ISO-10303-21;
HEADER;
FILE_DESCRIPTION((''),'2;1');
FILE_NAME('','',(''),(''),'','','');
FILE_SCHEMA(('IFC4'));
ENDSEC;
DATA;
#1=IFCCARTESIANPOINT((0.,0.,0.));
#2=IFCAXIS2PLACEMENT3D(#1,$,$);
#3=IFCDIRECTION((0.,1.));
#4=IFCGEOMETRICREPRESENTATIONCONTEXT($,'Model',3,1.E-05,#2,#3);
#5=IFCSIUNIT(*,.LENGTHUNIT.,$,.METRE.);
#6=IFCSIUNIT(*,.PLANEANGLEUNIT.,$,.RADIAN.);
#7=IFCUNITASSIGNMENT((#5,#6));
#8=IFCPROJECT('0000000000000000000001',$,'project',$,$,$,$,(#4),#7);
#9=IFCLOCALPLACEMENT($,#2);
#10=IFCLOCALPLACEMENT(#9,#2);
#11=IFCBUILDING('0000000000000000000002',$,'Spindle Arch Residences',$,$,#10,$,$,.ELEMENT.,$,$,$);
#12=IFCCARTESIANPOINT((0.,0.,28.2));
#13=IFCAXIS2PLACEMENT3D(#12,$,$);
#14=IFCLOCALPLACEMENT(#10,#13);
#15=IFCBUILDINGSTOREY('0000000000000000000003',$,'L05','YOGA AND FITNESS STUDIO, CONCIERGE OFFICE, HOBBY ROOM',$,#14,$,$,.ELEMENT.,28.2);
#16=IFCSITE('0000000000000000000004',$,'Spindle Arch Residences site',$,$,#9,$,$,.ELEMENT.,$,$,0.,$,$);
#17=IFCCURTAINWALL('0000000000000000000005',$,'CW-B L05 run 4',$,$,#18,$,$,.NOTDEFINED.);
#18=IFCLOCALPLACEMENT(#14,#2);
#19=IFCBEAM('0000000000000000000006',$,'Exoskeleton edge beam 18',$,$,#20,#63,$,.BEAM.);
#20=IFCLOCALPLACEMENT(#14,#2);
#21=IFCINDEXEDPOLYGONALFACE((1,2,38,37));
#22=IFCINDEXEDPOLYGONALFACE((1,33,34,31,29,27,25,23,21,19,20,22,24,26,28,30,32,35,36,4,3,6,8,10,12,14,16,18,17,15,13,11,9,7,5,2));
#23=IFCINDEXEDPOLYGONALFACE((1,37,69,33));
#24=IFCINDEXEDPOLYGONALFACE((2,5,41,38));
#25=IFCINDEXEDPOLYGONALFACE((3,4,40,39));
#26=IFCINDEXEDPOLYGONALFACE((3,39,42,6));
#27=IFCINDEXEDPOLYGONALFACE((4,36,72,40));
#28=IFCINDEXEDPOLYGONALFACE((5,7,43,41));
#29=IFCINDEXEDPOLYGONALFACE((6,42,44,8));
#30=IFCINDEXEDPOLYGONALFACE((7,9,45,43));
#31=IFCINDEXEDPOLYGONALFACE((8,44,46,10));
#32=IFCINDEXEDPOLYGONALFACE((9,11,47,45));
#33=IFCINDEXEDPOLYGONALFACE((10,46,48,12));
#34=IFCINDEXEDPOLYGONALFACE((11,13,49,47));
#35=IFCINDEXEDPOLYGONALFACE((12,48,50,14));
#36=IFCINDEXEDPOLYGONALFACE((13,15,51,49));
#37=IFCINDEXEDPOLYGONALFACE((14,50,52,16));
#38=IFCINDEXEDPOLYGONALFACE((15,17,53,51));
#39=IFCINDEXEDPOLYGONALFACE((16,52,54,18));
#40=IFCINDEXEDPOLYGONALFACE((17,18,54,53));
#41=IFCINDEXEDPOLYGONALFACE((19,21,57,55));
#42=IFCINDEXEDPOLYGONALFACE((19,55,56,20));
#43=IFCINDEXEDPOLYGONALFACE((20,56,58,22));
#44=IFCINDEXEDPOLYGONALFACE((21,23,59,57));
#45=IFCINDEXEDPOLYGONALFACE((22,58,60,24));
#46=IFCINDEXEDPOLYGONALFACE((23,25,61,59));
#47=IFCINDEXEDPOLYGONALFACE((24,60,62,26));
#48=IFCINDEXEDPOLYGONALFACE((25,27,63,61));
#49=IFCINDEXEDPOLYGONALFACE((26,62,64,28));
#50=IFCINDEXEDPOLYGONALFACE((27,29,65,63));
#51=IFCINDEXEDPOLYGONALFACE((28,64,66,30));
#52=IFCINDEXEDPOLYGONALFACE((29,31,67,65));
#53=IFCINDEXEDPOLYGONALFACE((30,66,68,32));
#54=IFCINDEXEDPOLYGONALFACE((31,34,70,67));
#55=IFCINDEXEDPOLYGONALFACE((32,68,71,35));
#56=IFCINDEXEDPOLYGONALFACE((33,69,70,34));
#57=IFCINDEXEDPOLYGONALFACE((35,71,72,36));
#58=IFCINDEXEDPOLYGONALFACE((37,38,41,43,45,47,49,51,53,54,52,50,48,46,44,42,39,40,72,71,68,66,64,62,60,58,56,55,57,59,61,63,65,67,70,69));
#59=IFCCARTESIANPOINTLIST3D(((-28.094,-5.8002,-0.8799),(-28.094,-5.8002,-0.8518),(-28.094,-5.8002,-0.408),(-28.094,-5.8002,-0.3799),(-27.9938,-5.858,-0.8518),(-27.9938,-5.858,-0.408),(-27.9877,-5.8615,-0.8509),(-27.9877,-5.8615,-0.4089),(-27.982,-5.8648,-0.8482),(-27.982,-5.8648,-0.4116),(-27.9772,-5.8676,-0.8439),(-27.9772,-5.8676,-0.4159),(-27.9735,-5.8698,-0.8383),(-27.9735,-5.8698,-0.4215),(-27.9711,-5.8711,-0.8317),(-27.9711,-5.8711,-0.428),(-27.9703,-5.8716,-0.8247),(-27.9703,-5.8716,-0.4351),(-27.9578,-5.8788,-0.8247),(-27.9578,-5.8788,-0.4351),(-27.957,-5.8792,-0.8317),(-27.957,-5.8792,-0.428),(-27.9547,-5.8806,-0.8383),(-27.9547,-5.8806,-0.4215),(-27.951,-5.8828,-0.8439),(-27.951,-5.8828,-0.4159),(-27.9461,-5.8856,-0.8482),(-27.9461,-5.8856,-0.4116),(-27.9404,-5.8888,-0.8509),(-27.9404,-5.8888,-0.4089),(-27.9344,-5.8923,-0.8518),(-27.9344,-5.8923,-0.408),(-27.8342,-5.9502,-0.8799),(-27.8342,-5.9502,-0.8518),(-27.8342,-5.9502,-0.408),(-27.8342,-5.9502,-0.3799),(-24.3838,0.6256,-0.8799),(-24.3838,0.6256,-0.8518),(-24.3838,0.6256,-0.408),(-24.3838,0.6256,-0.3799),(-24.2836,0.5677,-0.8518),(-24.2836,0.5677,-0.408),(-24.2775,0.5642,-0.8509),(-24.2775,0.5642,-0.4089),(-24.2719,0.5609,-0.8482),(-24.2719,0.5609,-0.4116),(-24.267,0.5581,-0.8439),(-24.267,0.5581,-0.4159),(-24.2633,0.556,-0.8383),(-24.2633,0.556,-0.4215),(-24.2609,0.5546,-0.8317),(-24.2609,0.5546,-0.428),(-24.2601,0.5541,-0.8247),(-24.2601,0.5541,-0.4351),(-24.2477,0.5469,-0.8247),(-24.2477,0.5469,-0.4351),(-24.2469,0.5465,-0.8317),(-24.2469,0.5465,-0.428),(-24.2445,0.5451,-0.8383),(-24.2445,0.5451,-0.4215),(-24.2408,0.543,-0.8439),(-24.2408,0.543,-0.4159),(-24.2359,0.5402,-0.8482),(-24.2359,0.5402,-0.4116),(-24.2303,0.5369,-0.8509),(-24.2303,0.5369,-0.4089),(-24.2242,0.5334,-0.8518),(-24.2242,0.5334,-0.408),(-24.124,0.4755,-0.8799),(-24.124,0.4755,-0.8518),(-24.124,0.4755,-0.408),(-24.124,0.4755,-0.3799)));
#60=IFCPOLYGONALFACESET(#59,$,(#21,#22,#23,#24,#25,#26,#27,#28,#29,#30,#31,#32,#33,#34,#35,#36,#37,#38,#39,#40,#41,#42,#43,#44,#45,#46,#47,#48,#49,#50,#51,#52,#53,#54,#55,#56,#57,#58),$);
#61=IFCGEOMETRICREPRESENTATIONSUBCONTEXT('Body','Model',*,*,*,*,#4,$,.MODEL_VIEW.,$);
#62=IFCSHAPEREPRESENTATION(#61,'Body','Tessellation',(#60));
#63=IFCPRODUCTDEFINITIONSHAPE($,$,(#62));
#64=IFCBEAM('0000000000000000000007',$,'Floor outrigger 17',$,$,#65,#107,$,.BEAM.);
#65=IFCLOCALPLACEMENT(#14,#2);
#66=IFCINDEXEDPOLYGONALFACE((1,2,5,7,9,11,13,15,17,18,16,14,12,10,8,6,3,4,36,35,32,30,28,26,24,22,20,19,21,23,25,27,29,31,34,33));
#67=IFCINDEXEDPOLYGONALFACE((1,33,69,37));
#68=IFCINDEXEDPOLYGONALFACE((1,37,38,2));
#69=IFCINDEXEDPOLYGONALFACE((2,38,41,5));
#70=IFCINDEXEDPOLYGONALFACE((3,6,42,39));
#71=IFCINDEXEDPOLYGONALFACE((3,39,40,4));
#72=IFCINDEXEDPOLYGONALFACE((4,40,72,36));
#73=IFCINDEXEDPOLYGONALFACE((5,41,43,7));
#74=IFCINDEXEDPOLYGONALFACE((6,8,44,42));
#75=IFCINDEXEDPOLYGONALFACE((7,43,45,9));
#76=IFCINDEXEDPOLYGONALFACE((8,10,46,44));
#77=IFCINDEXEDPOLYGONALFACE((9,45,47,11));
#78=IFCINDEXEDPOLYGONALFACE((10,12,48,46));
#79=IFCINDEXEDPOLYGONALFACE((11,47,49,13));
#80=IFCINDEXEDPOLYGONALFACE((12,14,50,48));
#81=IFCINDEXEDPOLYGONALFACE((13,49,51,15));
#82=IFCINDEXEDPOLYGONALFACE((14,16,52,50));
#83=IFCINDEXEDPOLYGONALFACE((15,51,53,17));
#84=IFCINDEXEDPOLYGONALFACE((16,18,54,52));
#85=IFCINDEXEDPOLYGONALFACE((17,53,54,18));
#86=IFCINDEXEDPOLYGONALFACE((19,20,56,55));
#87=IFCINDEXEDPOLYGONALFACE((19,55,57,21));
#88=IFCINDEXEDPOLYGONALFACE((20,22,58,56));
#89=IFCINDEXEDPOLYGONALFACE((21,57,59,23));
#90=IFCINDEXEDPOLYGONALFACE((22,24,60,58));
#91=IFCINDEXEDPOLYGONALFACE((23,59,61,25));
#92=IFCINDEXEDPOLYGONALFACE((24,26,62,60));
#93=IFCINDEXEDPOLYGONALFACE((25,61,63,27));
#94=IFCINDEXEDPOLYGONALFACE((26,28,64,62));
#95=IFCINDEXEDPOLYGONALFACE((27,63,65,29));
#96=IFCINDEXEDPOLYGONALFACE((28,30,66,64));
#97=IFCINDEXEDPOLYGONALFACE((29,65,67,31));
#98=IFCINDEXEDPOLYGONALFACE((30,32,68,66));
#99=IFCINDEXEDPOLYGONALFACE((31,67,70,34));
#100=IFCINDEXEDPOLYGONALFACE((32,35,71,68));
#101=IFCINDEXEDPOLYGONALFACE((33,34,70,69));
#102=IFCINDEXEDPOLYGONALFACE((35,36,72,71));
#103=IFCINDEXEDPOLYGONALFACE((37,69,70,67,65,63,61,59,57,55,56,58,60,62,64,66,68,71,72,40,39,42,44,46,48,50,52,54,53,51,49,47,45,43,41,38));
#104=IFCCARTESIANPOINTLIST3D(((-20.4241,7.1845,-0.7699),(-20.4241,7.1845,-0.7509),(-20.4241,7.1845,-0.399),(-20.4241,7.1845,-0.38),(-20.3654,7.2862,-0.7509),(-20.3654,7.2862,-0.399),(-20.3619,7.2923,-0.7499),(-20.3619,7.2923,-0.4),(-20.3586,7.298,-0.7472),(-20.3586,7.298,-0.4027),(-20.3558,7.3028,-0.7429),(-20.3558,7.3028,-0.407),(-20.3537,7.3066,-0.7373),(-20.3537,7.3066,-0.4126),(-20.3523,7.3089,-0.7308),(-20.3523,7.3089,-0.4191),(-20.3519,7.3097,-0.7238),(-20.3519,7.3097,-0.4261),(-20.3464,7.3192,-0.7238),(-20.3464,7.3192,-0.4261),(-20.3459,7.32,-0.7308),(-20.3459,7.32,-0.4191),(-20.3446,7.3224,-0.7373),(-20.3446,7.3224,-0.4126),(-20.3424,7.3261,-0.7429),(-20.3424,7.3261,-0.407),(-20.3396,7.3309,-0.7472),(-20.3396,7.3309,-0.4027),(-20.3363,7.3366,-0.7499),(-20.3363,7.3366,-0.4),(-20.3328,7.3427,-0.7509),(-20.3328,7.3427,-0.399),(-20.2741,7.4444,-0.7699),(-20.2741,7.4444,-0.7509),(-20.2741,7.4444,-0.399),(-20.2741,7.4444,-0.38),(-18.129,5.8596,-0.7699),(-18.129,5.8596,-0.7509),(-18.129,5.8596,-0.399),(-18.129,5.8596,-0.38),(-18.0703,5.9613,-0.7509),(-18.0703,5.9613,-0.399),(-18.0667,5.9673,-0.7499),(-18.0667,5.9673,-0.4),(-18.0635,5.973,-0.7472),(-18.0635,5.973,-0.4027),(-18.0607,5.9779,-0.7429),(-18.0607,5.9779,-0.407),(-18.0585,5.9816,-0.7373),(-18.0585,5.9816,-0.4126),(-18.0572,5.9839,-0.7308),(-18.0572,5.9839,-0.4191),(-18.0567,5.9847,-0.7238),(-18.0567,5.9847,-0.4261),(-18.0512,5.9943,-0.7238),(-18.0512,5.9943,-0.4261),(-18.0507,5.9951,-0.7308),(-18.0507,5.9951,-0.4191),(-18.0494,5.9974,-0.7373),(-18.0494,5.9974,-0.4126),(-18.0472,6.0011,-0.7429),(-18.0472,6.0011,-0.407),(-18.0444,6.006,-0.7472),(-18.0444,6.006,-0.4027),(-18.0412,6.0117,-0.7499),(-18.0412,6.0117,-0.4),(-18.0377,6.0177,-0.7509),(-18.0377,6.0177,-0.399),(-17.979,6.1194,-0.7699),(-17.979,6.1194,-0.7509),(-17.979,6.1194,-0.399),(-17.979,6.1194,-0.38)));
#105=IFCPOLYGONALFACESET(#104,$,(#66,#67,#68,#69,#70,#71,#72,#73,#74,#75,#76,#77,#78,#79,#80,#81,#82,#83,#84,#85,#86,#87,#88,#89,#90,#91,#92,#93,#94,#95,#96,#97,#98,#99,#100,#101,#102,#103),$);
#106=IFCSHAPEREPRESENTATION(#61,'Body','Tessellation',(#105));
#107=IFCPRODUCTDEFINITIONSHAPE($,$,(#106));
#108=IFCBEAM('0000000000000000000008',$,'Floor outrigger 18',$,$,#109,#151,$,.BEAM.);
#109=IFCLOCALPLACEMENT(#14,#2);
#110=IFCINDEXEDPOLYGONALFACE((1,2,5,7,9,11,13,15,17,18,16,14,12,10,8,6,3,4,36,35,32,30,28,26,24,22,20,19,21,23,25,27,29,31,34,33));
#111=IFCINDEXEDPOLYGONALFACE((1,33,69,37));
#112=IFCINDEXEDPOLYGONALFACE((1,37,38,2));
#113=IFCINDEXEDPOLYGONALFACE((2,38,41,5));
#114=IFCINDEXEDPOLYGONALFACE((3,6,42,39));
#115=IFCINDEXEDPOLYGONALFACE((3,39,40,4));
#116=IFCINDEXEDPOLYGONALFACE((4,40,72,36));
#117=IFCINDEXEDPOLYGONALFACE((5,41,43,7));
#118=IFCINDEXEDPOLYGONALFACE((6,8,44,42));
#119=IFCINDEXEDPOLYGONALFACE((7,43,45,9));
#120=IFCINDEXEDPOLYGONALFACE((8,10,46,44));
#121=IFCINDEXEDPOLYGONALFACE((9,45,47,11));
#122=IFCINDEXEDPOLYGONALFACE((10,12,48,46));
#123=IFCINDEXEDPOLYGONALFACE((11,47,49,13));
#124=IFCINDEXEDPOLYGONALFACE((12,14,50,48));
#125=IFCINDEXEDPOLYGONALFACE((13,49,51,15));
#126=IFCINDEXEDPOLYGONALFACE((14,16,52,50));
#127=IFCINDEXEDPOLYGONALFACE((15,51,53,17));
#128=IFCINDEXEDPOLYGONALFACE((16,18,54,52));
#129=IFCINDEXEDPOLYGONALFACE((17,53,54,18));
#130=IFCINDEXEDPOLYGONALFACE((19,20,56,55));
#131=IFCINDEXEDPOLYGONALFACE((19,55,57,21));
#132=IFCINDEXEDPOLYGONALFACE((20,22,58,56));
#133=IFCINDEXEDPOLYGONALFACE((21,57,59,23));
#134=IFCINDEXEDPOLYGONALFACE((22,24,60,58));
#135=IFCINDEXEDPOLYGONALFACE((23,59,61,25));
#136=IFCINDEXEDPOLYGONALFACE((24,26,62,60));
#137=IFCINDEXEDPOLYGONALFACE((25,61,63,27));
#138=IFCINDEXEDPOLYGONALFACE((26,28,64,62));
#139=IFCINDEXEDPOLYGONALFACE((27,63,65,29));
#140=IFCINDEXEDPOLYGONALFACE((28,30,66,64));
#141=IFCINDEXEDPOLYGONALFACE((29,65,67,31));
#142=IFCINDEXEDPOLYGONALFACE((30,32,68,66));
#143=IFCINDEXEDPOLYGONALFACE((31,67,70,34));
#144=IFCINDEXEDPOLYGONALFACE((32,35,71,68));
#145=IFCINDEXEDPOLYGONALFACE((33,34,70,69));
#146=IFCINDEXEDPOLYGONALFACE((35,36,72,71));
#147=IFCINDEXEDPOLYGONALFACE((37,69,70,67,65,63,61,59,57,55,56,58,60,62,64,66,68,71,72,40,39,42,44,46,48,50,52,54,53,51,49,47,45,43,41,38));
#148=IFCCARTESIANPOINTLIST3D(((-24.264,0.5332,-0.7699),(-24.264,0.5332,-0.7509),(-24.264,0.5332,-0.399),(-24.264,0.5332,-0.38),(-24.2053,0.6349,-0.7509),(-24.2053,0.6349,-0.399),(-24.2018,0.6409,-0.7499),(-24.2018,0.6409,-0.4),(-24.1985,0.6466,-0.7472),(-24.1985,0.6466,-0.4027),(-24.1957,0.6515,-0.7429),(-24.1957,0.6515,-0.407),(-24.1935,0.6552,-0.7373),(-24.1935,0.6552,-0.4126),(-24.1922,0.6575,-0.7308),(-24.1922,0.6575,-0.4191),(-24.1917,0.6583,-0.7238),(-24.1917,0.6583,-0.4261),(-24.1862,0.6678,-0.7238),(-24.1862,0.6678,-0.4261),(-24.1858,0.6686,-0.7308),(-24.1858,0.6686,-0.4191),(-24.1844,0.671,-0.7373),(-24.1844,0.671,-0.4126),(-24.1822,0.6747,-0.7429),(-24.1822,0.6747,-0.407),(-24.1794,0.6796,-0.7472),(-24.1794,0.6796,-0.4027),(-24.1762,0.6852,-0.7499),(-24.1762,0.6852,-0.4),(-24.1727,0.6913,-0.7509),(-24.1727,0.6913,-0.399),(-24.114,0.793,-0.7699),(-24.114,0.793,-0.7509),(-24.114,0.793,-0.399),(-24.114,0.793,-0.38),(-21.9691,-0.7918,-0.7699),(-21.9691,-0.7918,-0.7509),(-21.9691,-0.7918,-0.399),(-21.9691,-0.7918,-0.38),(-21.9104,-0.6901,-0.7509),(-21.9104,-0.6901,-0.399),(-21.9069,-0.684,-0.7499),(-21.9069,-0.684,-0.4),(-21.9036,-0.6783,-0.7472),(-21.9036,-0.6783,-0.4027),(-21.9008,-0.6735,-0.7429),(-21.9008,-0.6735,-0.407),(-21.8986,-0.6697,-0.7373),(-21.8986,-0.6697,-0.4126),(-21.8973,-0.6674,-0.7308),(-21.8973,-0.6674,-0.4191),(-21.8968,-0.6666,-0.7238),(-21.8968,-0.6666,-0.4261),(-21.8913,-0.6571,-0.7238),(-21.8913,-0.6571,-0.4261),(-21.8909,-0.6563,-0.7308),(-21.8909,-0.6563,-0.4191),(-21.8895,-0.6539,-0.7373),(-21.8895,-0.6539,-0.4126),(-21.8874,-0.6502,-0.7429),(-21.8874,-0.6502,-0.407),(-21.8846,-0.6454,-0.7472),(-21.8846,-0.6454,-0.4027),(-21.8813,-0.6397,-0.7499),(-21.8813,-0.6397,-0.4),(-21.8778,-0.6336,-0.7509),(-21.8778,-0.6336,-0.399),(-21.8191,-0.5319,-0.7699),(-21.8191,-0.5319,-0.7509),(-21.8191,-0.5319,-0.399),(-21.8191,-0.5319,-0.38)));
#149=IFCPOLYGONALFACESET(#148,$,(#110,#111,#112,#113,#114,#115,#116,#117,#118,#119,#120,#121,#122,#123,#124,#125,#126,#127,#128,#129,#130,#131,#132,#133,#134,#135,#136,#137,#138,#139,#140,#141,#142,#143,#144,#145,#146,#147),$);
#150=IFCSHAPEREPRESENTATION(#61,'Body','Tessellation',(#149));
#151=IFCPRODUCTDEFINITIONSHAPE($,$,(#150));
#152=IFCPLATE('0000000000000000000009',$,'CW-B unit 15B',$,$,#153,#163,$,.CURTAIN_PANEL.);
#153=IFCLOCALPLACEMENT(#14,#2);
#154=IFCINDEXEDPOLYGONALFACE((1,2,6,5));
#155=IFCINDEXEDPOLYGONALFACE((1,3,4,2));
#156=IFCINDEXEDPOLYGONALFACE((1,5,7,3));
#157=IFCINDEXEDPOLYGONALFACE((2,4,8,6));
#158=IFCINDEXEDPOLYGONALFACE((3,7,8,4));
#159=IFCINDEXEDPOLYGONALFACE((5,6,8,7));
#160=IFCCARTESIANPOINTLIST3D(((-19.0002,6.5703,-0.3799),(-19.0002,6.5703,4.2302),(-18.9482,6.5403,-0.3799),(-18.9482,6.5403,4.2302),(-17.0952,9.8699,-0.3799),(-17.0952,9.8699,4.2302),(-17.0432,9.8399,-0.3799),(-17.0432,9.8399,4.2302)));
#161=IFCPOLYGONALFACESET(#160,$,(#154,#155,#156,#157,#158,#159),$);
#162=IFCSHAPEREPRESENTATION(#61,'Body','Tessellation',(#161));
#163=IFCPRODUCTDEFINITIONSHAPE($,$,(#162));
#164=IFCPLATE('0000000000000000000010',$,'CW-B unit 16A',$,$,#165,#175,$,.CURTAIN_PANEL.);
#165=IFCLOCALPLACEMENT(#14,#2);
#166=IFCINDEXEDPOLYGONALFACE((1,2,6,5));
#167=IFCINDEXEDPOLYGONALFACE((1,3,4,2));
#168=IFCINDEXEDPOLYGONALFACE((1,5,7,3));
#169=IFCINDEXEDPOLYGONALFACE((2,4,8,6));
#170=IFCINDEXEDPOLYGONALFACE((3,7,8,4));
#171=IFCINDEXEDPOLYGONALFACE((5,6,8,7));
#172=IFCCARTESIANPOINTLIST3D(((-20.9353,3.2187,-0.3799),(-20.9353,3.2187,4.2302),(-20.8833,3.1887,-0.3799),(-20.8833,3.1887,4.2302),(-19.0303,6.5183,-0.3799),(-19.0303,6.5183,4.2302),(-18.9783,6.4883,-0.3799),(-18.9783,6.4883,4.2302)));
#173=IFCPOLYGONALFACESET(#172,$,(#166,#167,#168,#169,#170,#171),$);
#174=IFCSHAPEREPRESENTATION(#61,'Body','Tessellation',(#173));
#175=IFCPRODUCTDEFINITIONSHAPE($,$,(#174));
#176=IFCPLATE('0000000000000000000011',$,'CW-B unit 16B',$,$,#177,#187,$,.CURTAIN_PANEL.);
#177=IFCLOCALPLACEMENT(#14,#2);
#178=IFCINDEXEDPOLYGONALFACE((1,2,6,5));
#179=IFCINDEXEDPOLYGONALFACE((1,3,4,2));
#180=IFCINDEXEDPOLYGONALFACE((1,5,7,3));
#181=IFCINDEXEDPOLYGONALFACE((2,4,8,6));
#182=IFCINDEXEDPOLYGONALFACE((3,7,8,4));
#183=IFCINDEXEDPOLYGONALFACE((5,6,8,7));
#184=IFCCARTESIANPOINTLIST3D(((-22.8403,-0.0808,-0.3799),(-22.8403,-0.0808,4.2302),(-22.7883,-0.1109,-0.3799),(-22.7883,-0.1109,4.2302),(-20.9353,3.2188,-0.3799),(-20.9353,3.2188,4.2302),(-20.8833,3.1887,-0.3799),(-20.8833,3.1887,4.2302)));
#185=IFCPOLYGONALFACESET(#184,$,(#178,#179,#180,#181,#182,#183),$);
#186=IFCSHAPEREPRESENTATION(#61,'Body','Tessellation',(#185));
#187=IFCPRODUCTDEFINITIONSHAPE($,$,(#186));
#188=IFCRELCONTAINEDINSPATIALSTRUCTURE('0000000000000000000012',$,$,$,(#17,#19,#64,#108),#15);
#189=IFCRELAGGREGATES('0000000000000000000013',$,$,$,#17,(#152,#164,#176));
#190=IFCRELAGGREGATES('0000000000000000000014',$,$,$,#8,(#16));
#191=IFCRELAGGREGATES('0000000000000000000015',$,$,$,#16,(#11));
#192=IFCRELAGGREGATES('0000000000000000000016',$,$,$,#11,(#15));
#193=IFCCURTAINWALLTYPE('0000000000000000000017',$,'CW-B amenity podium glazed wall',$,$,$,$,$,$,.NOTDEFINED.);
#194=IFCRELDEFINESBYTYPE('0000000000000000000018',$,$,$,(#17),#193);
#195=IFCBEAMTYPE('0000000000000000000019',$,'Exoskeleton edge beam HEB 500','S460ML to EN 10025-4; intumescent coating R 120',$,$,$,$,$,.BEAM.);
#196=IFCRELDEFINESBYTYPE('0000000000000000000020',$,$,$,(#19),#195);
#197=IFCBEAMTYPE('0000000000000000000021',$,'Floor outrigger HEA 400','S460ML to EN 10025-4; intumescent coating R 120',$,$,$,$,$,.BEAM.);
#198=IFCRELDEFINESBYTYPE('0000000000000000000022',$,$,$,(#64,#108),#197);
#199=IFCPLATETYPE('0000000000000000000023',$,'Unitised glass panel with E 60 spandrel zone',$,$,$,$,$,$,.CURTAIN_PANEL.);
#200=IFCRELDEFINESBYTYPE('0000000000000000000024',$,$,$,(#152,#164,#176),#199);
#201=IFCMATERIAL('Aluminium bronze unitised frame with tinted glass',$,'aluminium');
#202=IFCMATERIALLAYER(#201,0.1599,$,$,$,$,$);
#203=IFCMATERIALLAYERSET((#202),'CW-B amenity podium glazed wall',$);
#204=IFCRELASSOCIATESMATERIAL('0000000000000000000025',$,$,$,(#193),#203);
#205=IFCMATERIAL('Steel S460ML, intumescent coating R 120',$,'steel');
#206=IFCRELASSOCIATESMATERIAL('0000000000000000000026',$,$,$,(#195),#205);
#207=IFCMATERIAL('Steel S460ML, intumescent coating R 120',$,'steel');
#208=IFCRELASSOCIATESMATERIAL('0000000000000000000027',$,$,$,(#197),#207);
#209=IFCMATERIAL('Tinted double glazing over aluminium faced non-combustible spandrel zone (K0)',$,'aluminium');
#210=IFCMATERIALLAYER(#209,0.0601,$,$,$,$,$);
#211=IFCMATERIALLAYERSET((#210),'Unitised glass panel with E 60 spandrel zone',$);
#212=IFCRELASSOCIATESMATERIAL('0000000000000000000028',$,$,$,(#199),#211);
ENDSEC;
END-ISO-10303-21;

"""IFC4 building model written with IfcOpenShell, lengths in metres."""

from ifc_helpers import new_model, si_unit, direction, frame, origin, origin_2d, place, context, subcontext, project, spatial, rectangle, i_section, extrude, material, layer, layer_set, material_profile, profile_set, type_object, element, aggregate, save


model = new_model("IFC4")

# Units and contexts
model_context = context("Model", 3, precision=1e-05, world=origin(), true_north=direction((0.0, 1.0)))
body_context = subcontext(model_context, "Body", "Model", "MODEL_VIEW")
ifc_project = project(units=[si_unit("LENGTHUNIT", "METRE"), si_unit("PLANEANGLEUNIT", "RADIAN")], contexts=[model_context])

# Site, building, storey
site_placement = place(None, origin())
site = spatial("IfcSite", under=ifc_project, at=site_placement, Name="Spindle Arch Residences site", CompositionType="ELEMENT", RefElevation=0.0)
building_placement = place(site_placement, origin())
building = spatial("IfcBuilding", under=site, at=building_placement, Name="Spindle Arch Residences", CompositionType="ELEMENT")
storey_placement = place(building_placement, frame((0.0, 0.0, 28.2)))
storey = spatial("IfcBuildingStorey", under=building, at=storey_placement, Name="L05", Description="YOGA AND FITNESS STUDIO, CONCIERGE OFFICE, HOBBY ROOM", CompositionType="ELEMENT", Elevation=28.2)

# Curtain wall
ifc_material_1 = material(Name="Aluminium bronze unitised frame with tinted glass", Category="aluminium")
ifc_layer_1 = layer(ifc_material_1, 0.1599)
ifc_layer_set_1 = layer_set([ifc_layer_1], Name="CW-B amenity podium glazed wall")
curtain_wall_type = type_object("IfcCurtainWallType", Name="CW-B amenity podium glazed wall", PredefinedType="NOTDEFINED", material=ifc_layer_set_1)
curtain_wall_placement = place(storey_placement, origin())
curtain_wall = element("IfcCurtainWall", 1, at=curtain_wall_placement, inside=storey, type_object=curtain_wall_type, Name="CW-B L05 run 4", PredefinedType="NOTDEFINED")

# Beams
ifc_material_2 = material(Name="Steel S460ML, intumescent coating R 120", Category="steel")
ifc_material_profile_1 = material_profile(ifc_material_2, i_section(OverallWidth=0.3, OverallDepth=0.5, WebThickness=0.0144, FlangeThickness=0.0281, FilletRadius=0.0271, at=origin_2d()), Name="HEB 500")
ifc_profile_set_1 = profile_set([ifc_material_profile_1], Name="Steel S460ML, intumescent coating R 120")
beam_type_1 = type_object("IfcBeamType", Name="Exoskeleton edge beam HEB 500", Description="S460ML to EN 10025-4; intumescent coating R 120", PredefinedType="BEAM", material=ifc_profile_set_1)
beam_1_placement = place(storey_placement, frame((-24.2539, 0.5505, -0.6299), z_axis=(-0.500028, -0.866009, 0.0), x_axis=(0.866009, -0.500028, 0.0)))
element("IfcBeam", 2, at=beam_1_placement, inside=storey, type_object=beam_type_1, Name="Exoskeleton edge beam 18", PredefinedType="BEAM", context=body_context, shape_type="SweptSolid", body=[
    extrude(i_section(OverallWidth=0.3, OverallDepth=0.5, WebThickness=0.0144, FlangeThickness=0.0281, FilletRadius=0.0271, at=origin_2d()), origin(), (0.0, 0.0, 1.0), 7.4199),
])
ifc_material_3 = material(Name="Steel S460ML, intumescent coating R 120", Category="steel")
ifc_material_profile_2 = material_profile(ifc_material_3, i_section(OverallWidth=0.3, OverallDepth=0.3899, WebThickness=0.011, FlangeThickness=0.019, FilletRadius=0.0271, at=origin_2d()), Name="HEA 400")
ifc_profile_set_2 = profile_set([ifc_material_profile_2], Name="Steel S460ML, intumescent coating R 120")
beam_type_2 = type_object("IfcBeamType", Name="Floor outrigger HEA 400", Description="S460ML to EN 10025-4; intumescent coating R 120", PredefinedType="BEAM", material=ifc_profile_set_2)
beam_2_placement = place(storey_placement, frame((-20.3491, 7.3145, -0.575), z_axis=(0.866052, -0.499954, 0.0), x_axis=(0.499954, 0.866052, 0.0)))
element("IfcBeam", 3, at=beam_2_placement, inside=storey, type_object=beam_type_2, Name="Floor outrigger 17", PredefinedType="BEAM", context=body_context, shape_type="SweptSolid", body=[
    extrude(i_section(OverallWidth=0.3, OverallDepth=0.3899, WebThickness=0.011, FlangeThickness=0.019, FilletRadius=0.0271, at=origin_2d()), origin(), (0.0, 0.0, 1.0), 2.6501),
])
beam_3_placement = place(storey_placement, frame((-24.189, 0.6631, -0.575), z_axis=(0.866029, -0.499994, 0.0), x_axis=(0.499994, 0.866029, 0.0)))
element("IfcBeam", 4, at=beam_3_placement, inside=storey, type_object=beam_type_2, Name="Floor outrigger 18", PredefinedType="BEAM", context=body_context, shape_type="SweptSolid", body=[
    extrude(i_section(OverallWidth=0.3, OverallDepth=0.3899, WebThickness=0.011, FlangeThickness=0.019, FilletRadius=0.0271, at=origin_2d()), origin(), (0.0, 0.0, 1.0), 2.6499),
])

# Plates
ifc_material_4 = material(Name="Tinted double glazing over aluminium faced non-combustible spandrel zone (K0)", Category="aluminium")
ifc_layer_2 = layer(ifc_material_4, 0.0601)
ifc_layer_set_2 = layer_set([ifc_layer_2], Name="Unitised glass panel with E 60 spandrel zone")
plate_type = type_object("IfcPlateType", Name="Unitised glass panel with E 60 spandrel zone", PredefinedType="CURTAIN_PANEL", material=ifc_layer_set_2)
plate_1_placement = place(storey_placement, frame((-18.0217, 8.2051, -0.3799), z_axis=(0.0, 0.0, 1.0), x_axis=(-0.5, -0.866025, 0.0)))
plate_1 = element("IfcPlate", 5, at=plate_1_placement, type_object=plate_type, Name="CW-B unit 15B", PredefinedType="CURTAIN_PANEL", context=body_context, shape_type="SweptSolid", body=[
    extrude(rectangle(XDim=3.8101, YDim=0.0601, at=origin_2d()), origin(), (0.0, 0.0, 1.0), 4.6101),
])
plate_2_placement = place(storey_placement, frame((-19.9568, 4.8535, -0.3799), z_axis=(0.0, 0.0, 1.0), x_axis=(-0.5, -0.866025, 0.0)))
plate_2 = element("IfcPlate", 6, at=plate_2_placement, type_object=plate_type, Name="CW-B unit 16A", PredefinedType="CURTAIN_PANEL", context=body_context, shape_type="SweptSolid", body=[
    extrude(rectangle(XDim=3.8101, YDim=0.0601, at=origin_2d()), origin(), (0.0, 0.0, 1.0), 4.6101),
])
plate_3_placement = place(storey_placement, frame((-21.8618, 1.554, -0.3799), z_axis=(0.0, 0.0, 1.0), x_axis=(-0.5, -0.866025, 0.0)))
plate_3 = element("IfcPlate", 7, at=plate_3_placement, type_object=plate_type, Name="CW-B unit 16B", PredefinedType="CURTAIN_PANEL", context=body_context, shape_type="SweptSolid", body=[
    extrude(rectangle(XDim=3.8101, YDim=0.0601, at=origin_2d()), origin(), (0.0, 0.0, 1.0), 4.6101),
])
aggregate(curtain_wall, [plate_1, plate_2, plate_3])

save(model, "model.ifc")
